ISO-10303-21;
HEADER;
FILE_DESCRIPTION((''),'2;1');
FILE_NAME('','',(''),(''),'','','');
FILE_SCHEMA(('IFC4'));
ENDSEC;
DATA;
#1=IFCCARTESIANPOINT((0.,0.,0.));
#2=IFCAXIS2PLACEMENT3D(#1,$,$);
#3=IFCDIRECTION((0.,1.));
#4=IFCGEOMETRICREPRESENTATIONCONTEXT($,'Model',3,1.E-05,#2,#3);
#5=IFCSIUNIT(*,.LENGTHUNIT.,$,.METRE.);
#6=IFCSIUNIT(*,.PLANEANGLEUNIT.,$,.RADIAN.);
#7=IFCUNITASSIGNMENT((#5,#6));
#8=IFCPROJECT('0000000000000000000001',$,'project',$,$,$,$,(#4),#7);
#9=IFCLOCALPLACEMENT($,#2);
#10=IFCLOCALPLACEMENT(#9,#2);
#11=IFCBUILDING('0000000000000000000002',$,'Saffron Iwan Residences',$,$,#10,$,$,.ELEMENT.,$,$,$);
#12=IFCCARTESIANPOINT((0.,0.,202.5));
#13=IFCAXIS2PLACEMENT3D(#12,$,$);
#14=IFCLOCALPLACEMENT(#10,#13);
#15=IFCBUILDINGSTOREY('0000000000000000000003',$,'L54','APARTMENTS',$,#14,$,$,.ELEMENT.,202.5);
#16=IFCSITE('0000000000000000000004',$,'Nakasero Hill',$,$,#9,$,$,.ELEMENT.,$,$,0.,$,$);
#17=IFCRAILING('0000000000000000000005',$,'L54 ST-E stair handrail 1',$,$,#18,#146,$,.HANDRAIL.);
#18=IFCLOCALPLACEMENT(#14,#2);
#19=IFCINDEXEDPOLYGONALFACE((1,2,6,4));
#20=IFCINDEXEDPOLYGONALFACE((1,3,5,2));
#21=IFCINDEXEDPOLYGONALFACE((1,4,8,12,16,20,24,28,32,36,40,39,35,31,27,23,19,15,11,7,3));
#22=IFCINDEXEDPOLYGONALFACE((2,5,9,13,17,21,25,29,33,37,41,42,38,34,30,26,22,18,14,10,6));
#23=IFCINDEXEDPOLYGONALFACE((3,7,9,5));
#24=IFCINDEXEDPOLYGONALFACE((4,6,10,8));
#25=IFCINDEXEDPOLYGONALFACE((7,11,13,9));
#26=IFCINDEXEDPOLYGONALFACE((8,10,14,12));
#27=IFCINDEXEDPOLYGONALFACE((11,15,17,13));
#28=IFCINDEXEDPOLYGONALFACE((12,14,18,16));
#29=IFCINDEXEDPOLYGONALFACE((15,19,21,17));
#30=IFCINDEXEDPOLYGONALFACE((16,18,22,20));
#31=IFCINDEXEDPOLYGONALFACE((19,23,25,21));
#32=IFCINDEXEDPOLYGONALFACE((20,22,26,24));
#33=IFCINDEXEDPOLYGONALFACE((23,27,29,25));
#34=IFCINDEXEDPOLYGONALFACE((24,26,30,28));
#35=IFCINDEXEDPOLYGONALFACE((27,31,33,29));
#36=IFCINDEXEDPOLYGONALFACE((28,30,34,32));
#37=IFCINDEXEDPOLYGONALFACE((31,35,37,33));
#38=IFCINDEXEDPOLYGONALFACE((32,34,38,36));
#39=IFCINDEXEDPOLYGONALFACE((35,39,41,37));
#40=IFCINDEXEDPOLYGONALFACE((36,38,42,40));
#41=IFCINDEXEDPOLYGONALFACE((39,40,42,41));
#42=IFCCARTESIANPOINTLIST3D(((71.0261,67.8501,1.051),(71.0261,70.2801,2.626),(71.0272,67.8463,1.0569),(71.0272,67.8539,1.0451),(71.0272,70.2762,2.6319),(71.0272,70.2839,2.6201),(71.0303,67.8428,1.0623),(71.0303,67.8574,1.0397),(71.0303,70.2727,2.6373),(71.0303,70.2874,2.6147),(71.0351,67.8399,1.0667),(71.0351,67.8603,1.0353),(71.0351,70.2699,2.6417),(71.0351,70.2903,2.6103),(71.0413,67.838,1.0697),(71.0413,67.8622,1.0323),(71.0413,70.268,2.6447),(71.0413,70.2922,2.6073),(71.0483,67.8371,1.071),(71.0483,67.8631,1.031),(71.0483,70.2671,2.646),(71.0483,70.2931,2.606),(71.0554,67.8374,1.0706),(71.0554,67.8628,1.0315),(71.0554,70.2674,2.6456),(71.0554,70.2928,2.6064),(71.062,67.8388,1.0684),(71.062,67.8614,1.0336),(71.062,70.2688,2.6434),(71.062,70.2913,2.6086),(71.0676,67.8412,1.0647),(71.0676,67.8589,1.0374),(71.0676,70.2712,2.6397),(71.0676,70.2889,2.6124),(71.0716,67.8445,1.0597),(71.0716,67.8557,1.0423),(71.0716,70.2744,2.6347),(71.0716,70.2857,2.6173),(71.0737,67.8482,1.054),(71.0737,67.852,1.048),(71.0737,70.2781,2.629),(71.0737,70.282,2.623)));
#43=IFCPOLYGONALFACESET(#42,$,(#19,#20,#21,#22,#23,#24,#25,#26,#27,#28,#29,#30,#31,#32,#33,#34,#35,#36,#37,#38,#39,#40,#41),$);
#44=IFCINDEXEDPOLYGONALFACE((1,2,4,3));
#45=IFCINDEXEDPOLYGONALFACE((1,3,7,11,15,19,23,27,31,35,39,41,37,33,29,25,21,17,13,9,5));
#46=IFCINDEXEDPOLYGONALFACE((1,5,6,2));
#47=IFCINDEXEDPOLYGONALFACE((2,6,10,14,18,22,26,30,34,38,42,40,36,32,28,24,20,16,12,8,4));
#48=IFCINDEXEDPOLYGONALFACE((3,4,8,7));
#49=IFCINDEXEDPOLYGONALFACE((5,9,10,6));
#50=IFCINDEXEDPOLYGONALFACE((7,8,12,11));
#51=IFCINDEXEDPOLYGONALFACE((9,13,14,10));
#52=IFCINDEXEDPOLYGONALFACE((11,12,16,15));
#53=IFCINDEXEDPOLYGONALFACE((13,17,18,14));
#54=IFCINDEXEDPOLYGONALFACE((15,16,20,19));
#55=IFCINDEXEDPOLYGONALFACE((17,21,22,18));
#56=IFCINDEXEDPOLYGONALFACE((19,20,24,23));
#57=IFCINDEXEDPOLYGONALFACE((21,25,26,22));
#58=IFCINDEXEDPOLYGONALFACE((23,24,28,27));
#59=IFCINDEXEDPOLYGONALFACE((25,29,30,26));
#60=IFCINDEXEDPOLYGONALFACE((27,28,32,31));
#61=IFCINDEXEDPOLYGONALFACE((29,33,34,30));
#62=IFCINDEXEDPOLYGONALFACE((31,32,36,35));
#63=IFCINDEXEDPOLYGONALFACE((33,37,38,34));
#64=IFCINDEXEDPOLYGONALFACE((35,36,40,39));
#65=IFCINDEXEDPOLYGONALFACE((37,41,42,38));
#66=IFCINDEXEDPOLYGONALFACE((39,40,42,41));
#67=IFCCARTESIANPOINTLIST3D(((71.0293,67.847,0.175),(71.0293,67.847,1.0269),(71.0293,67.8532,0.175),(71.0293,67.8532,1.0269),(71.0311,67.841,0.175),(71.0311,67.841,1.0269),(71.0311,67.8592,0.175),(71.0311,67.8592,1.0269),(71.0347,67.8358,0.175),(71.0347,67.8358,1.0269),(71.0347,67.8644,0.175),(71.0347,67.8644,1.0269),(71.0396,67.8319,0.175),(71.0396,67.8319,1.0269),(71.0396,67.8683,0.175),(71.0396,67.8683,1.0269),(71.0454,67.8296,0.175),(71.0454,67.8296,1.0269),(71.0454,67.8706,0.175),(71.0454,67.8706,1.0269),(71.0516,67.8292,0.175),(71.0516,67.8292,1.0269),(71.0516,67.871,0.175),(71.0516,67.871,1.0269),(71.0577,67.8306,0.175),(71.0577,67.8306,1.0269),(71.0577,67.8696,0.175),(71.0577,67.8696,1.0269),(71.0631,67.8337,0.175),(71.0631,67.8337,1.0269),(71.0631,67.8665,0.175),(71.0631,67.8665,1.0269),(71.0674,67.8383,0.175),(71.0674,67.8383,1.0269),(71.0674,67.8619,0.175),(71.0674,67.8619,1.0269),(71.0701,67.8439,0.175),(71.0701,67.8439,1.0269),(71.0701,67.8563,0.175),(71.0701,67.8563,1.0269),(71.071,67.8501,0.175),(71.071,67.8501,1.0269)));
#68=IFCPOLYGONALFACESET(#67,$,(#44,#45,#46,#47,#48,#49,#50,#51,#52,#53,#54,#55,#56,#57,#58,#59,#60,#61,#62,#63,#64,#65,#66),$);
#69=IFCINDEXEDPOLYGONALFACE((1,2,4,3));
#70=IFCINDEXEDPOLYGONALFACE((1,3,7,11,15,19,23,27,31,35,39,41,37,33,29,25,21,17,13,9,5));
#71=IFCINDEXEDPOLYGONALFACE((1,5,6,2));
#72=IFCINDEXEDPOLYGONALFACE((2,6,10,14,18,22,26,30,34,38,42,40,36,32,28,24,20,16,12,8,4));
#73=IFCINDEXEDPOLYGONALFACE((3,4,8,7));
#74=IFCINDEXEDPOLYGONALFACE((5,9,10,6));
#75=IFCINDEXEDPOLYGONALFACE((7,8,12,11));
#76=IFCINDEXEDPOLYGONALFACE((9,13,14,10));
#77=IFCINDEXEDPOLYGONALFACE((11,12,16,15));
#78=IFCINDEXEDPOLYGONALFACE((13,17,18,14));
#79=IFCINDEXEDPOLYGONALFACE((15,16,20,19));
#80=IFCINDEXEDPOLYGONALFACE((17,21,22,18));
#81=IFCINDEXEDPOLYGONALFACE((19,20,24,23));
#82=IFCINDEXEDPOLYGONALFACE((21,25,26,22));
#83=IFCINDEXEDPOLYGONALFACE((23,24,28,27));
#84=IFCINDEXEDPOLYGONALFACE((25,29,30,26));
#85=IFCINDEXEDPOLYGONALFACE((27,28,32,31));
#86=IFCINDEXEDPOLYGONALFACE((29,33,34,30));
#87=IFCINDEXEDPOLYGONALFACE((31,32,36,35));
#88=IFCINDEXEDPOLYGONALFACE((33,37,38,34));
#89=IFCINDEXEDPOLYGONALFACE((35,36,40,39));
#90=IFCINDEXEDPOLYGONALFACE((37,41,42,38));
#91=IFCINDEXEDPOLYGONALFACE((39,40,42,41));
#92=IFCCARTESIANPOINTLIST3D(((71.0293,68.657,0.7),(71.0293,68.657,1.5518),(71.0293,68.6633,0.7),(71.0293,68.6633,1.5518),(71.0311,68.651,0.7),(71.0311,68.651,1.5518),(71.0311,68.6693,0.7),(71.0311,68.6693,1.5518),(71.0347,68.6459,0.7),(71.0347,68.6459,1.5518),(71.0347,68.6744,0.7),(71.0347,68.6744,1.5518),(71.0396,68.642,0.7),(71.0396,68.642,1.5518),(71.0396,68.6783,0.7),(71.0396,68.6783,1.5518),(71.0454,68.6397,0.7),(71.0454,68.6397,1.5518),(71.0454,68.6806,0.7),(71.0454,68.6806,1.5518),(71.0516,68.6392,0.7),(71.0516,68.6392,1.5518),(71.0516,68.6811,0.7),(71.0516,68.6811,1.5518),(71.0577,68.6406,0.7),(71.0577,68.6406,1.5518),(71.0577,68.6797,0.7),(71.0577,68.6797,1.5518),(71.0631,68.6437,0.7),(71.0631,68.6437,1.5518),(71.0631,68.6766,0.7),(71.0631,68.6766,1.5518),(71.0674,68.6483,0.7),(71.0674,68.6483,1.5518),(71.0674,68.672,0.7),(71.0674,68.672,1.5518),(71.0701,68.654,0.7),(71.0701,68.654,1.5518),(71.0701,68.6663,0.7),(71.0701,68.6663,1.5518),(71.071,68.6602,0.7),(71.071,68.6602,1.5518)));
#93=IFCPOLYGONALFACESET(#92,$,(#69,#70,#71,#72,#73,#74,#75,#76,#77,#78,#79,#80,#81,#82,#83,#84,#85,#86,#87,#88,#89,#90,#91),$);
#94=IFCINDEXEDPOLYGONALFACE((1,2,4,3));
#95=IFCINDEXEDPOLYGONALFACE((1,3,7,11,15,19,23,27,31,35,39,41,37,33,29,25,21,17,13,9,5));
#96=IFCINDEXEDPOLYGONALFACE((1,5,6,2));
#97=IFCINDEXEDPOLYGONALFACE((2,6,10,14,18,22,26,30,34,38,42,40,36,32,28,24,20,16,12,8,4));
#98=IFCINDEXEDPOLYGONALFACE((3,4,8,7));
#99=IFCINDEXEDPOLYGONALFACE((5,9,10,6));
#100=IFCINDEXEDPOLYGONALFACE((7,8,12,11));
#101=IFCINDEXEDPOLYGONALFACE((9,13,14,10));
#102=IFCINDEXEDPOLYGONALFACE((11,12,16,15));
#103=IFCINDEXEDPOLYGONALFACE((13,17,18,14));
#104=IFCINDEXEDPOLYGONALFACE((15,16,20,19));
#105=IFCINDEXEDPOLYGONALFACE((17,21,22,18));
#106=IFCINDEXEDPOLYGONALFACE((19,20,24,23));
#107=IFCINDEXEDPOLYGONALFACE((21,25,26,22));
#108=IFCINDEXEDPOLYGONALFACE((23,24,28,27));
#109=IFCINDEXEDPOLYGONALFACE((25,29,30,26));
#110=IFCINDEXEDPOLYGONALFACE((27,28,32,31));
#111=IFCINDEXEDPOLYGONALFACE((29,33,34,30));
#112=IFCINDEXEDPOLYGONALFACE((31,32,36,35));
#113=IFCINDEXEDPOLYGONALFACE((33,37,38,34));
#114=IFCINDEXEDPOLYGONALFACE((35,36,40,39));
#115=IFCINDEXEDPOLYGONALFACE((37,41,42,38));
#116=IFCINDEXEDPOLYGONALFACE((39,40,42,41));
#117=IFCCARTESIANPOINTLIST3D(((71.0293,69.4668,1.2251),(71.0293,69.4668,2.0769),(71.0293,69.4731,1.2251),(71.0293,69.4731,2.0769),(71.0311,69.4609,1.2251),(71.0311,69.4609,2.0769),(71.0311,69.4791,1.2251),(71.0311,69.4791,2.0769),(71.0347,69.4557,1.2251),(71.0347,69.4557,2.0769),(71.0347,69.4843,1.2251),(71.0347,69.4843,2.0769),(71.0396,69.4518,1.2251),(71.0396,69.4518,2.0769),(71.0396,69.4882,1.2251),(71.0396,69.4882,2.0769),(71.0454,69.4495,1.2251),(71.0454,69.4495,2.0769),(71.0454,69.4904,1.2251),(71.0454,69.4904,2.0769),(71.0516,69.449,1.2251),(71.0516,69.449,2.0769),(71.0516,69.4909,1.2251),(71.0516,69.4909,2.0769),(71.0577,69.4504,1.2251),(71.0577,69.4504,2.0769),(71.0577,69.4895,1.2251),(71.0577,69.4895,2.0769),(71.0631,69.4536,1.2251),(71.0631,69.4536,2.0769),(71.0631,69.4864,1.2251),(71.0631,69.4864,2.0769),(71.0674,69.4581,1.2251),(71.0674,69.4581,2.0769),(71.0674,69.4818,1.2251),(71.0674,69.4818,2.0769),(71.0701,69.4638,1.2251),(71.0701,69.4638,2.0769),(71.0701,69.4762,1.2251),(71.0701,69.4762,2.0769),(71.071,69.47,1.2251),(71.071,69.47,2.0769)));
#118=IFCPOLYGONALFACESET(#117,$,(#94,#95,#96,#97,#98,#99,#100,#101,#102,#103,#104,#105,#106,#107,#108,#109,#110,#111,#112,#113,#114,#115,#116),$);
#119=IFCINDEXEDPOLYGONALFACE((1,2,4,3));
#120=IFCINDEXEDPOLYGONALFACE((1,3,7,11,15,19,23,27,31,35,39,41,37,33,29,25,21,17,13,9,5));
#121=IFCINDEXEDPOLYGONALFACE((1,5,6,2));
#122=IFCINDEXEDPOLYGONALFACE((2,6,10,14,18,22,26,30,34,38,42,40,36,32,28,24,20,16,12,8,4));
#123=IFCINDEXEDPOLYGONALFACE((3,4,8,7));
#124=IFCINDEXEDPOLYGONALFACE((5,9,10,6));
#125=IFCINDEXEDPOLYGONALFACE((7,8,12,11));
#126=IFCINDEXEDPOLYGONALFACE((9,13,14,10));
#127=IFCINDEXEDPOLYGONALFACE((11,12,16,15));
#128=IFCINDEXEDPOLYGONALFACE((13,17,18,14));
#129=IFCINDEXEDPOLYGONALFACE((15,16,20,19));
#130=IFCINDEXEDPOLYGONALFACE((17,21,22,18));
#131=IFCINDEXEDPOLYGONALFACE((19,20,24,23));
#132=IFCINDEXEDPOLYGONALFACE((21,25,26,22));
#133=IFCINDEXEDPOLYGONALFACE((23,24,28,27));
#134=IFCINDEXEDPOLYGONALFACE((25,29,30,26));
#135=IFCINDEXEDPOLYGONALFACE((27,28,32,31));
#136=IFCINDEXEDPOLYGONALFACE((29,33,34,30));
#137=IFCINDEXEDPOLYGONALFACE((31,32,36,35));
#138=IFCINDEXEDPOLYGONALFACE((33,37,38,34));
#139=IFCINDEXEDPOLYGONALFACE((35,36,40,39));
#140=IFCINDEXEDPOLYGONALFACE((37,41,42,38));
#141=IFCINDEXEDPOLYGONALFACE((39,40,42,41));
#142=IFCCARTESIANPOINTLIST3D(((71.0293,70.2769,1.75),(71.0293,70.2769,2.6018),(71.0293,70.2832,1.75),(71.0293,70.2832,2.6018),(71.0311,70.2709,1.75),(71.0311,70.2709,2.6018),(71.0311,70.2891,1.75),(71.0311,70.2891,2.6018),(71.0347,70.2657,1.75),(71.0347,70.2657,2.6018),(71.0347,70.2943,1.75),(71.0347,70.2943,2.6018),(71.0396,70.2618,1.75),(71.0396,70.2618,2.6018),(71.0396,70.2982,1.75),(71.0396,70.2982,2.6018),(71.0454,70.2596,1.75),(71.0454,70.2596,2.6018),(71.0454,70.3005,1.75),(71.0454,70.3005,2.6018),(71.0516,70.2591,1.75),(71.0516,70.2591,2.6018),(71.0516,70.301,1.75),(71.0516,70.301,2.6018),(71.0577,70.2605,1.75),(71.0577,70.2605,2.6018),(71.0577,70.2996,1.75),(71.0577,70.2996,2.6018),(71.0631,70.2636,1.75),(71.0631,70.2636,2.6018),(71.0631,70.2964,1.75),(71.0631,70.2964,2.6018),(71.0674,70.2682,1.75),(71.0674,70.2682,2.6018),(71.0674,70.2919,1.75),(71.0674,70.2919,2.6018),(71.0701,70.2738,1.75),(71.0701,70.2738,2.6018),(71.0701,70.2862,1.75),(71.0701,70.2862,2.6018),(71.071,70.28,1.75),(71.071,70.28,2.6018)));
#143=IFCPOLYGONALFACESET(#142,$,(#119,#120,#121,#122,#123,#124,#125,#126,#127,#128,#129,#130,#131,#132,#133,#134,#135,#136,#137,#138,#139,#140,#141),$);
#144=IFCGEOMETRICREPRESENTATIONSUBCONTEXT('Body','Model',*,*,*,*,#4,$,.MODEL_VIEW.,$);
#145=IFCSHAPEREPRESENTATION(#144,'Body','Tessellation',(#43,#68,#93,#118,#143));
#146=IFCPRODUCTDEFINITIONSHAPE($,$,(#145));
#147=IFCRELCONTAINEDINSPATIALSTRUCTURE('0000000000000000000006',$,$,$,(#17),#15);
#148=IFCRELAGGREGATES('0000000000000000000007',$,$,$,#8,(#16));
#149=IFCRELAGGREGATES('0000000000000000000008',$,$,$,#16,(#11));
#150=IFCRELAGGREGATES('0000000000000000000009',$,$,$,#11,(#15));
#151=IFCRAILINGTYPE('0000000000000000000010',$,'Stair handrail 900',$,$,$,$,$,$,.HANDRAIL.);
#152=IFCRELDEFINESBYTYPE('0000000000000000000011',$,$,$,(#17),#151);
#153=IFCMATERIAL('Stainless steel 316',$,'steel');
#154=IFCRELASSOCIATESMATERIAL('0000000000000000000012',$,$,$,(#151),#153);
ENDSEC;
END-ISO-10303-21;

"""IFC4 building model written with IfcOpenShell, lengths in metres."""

from ifc_helpers import new_model, si_unit, direction, frame, origin, origin_2d, place, context, subcontext, project, spatial, circle, extrude, material, type_object, element, save


model = new_model("IFC4")

# Units and contexts
model_context = context("Model", 3, precision=1e-05, world=origin(), true_north=direction((0.0, 1.0)))
body_context = subcontext(model_context, "Body", "Model", "MODEL_VIEW")
ifc_project = project(units=[si_unit("LENGTHUNIT", "METRE"), si_unit("PLANEANGLEUNIT", "RADIAN")], contexts=[model_context])

# Site, building, storey
site_placement = place(None, origin())
site = spatial("IfcSite", under=ifc_project, at=site_placement, Name="Nakasero Hill", CompositionType="ELEMENT", RefElevation=0.0)
building_placement = place(site_placement, origin())
building = spatial("IfcBuilding", under=site, at=building_placement, Name="Saffron Iwan Residences", CompositionType="ELEMENT")
storey_placement = place(building_placement, frame((0.0, 0.0, 202.5)))
storey = spatial("IfcBuildingStorey", under=building, at=storey_placement, Name="L54", Description="APARTMENTS", CompositionType="ELEMENT", Elevation=202.5)

# Railing
ifc_material_1 = material(Name="Stainless steel 316", Category="steel")
railing_type_1 = type_object("IfcRailingType", Name="Stair handrail 900", PredefinedType="HANDRAIL", material=ifc_material_1)
railing_1_placement = place(storey_placement, frame((71.05, 67.8501, 0.175)))
element("IfcRailing", 1, at=railing_1_placement, inside=storey, type_object=railing_type_1, Name="L54 ST-E stair handrail 1", PredefinedType="HANDRAIL", context=body_context, shape_type="SweptSolid", body=[
    extrude(circle(Radius=0.0239, at=origin_2d()), frame((0.0, 0.0, 0.876), z_axis=(0.0, 0.839154, 0.543894), x_axis=(-1.0, 0.0, 0.0)), (0.0, 0.0, 1.0), 2.8958),
    extrude(circle(Radius=0.021, at=origin_2d()), origin(), (0.0, 0.0, 1.0), 0.8518),
    extrude(circle(Radius=0.021, at=origin_2d()), frame((0.0, 0.8101, 0.5249)), (0.0, 0.0, 1.0), 0.8518),
    extrude(circle(Radius=0.021, at=origin_2d()), frame((0.0, 1.6199, 1.05)), (0.0, 0.0, 1.0), 0.8518),
    extrude(circle(Radius=0.021, at=origin_2d()), frame((0.0, 2.4299, 1.575)), (0.0, 0.0, 1.0), 0.8518),
])

save(model, "model.ifc")
